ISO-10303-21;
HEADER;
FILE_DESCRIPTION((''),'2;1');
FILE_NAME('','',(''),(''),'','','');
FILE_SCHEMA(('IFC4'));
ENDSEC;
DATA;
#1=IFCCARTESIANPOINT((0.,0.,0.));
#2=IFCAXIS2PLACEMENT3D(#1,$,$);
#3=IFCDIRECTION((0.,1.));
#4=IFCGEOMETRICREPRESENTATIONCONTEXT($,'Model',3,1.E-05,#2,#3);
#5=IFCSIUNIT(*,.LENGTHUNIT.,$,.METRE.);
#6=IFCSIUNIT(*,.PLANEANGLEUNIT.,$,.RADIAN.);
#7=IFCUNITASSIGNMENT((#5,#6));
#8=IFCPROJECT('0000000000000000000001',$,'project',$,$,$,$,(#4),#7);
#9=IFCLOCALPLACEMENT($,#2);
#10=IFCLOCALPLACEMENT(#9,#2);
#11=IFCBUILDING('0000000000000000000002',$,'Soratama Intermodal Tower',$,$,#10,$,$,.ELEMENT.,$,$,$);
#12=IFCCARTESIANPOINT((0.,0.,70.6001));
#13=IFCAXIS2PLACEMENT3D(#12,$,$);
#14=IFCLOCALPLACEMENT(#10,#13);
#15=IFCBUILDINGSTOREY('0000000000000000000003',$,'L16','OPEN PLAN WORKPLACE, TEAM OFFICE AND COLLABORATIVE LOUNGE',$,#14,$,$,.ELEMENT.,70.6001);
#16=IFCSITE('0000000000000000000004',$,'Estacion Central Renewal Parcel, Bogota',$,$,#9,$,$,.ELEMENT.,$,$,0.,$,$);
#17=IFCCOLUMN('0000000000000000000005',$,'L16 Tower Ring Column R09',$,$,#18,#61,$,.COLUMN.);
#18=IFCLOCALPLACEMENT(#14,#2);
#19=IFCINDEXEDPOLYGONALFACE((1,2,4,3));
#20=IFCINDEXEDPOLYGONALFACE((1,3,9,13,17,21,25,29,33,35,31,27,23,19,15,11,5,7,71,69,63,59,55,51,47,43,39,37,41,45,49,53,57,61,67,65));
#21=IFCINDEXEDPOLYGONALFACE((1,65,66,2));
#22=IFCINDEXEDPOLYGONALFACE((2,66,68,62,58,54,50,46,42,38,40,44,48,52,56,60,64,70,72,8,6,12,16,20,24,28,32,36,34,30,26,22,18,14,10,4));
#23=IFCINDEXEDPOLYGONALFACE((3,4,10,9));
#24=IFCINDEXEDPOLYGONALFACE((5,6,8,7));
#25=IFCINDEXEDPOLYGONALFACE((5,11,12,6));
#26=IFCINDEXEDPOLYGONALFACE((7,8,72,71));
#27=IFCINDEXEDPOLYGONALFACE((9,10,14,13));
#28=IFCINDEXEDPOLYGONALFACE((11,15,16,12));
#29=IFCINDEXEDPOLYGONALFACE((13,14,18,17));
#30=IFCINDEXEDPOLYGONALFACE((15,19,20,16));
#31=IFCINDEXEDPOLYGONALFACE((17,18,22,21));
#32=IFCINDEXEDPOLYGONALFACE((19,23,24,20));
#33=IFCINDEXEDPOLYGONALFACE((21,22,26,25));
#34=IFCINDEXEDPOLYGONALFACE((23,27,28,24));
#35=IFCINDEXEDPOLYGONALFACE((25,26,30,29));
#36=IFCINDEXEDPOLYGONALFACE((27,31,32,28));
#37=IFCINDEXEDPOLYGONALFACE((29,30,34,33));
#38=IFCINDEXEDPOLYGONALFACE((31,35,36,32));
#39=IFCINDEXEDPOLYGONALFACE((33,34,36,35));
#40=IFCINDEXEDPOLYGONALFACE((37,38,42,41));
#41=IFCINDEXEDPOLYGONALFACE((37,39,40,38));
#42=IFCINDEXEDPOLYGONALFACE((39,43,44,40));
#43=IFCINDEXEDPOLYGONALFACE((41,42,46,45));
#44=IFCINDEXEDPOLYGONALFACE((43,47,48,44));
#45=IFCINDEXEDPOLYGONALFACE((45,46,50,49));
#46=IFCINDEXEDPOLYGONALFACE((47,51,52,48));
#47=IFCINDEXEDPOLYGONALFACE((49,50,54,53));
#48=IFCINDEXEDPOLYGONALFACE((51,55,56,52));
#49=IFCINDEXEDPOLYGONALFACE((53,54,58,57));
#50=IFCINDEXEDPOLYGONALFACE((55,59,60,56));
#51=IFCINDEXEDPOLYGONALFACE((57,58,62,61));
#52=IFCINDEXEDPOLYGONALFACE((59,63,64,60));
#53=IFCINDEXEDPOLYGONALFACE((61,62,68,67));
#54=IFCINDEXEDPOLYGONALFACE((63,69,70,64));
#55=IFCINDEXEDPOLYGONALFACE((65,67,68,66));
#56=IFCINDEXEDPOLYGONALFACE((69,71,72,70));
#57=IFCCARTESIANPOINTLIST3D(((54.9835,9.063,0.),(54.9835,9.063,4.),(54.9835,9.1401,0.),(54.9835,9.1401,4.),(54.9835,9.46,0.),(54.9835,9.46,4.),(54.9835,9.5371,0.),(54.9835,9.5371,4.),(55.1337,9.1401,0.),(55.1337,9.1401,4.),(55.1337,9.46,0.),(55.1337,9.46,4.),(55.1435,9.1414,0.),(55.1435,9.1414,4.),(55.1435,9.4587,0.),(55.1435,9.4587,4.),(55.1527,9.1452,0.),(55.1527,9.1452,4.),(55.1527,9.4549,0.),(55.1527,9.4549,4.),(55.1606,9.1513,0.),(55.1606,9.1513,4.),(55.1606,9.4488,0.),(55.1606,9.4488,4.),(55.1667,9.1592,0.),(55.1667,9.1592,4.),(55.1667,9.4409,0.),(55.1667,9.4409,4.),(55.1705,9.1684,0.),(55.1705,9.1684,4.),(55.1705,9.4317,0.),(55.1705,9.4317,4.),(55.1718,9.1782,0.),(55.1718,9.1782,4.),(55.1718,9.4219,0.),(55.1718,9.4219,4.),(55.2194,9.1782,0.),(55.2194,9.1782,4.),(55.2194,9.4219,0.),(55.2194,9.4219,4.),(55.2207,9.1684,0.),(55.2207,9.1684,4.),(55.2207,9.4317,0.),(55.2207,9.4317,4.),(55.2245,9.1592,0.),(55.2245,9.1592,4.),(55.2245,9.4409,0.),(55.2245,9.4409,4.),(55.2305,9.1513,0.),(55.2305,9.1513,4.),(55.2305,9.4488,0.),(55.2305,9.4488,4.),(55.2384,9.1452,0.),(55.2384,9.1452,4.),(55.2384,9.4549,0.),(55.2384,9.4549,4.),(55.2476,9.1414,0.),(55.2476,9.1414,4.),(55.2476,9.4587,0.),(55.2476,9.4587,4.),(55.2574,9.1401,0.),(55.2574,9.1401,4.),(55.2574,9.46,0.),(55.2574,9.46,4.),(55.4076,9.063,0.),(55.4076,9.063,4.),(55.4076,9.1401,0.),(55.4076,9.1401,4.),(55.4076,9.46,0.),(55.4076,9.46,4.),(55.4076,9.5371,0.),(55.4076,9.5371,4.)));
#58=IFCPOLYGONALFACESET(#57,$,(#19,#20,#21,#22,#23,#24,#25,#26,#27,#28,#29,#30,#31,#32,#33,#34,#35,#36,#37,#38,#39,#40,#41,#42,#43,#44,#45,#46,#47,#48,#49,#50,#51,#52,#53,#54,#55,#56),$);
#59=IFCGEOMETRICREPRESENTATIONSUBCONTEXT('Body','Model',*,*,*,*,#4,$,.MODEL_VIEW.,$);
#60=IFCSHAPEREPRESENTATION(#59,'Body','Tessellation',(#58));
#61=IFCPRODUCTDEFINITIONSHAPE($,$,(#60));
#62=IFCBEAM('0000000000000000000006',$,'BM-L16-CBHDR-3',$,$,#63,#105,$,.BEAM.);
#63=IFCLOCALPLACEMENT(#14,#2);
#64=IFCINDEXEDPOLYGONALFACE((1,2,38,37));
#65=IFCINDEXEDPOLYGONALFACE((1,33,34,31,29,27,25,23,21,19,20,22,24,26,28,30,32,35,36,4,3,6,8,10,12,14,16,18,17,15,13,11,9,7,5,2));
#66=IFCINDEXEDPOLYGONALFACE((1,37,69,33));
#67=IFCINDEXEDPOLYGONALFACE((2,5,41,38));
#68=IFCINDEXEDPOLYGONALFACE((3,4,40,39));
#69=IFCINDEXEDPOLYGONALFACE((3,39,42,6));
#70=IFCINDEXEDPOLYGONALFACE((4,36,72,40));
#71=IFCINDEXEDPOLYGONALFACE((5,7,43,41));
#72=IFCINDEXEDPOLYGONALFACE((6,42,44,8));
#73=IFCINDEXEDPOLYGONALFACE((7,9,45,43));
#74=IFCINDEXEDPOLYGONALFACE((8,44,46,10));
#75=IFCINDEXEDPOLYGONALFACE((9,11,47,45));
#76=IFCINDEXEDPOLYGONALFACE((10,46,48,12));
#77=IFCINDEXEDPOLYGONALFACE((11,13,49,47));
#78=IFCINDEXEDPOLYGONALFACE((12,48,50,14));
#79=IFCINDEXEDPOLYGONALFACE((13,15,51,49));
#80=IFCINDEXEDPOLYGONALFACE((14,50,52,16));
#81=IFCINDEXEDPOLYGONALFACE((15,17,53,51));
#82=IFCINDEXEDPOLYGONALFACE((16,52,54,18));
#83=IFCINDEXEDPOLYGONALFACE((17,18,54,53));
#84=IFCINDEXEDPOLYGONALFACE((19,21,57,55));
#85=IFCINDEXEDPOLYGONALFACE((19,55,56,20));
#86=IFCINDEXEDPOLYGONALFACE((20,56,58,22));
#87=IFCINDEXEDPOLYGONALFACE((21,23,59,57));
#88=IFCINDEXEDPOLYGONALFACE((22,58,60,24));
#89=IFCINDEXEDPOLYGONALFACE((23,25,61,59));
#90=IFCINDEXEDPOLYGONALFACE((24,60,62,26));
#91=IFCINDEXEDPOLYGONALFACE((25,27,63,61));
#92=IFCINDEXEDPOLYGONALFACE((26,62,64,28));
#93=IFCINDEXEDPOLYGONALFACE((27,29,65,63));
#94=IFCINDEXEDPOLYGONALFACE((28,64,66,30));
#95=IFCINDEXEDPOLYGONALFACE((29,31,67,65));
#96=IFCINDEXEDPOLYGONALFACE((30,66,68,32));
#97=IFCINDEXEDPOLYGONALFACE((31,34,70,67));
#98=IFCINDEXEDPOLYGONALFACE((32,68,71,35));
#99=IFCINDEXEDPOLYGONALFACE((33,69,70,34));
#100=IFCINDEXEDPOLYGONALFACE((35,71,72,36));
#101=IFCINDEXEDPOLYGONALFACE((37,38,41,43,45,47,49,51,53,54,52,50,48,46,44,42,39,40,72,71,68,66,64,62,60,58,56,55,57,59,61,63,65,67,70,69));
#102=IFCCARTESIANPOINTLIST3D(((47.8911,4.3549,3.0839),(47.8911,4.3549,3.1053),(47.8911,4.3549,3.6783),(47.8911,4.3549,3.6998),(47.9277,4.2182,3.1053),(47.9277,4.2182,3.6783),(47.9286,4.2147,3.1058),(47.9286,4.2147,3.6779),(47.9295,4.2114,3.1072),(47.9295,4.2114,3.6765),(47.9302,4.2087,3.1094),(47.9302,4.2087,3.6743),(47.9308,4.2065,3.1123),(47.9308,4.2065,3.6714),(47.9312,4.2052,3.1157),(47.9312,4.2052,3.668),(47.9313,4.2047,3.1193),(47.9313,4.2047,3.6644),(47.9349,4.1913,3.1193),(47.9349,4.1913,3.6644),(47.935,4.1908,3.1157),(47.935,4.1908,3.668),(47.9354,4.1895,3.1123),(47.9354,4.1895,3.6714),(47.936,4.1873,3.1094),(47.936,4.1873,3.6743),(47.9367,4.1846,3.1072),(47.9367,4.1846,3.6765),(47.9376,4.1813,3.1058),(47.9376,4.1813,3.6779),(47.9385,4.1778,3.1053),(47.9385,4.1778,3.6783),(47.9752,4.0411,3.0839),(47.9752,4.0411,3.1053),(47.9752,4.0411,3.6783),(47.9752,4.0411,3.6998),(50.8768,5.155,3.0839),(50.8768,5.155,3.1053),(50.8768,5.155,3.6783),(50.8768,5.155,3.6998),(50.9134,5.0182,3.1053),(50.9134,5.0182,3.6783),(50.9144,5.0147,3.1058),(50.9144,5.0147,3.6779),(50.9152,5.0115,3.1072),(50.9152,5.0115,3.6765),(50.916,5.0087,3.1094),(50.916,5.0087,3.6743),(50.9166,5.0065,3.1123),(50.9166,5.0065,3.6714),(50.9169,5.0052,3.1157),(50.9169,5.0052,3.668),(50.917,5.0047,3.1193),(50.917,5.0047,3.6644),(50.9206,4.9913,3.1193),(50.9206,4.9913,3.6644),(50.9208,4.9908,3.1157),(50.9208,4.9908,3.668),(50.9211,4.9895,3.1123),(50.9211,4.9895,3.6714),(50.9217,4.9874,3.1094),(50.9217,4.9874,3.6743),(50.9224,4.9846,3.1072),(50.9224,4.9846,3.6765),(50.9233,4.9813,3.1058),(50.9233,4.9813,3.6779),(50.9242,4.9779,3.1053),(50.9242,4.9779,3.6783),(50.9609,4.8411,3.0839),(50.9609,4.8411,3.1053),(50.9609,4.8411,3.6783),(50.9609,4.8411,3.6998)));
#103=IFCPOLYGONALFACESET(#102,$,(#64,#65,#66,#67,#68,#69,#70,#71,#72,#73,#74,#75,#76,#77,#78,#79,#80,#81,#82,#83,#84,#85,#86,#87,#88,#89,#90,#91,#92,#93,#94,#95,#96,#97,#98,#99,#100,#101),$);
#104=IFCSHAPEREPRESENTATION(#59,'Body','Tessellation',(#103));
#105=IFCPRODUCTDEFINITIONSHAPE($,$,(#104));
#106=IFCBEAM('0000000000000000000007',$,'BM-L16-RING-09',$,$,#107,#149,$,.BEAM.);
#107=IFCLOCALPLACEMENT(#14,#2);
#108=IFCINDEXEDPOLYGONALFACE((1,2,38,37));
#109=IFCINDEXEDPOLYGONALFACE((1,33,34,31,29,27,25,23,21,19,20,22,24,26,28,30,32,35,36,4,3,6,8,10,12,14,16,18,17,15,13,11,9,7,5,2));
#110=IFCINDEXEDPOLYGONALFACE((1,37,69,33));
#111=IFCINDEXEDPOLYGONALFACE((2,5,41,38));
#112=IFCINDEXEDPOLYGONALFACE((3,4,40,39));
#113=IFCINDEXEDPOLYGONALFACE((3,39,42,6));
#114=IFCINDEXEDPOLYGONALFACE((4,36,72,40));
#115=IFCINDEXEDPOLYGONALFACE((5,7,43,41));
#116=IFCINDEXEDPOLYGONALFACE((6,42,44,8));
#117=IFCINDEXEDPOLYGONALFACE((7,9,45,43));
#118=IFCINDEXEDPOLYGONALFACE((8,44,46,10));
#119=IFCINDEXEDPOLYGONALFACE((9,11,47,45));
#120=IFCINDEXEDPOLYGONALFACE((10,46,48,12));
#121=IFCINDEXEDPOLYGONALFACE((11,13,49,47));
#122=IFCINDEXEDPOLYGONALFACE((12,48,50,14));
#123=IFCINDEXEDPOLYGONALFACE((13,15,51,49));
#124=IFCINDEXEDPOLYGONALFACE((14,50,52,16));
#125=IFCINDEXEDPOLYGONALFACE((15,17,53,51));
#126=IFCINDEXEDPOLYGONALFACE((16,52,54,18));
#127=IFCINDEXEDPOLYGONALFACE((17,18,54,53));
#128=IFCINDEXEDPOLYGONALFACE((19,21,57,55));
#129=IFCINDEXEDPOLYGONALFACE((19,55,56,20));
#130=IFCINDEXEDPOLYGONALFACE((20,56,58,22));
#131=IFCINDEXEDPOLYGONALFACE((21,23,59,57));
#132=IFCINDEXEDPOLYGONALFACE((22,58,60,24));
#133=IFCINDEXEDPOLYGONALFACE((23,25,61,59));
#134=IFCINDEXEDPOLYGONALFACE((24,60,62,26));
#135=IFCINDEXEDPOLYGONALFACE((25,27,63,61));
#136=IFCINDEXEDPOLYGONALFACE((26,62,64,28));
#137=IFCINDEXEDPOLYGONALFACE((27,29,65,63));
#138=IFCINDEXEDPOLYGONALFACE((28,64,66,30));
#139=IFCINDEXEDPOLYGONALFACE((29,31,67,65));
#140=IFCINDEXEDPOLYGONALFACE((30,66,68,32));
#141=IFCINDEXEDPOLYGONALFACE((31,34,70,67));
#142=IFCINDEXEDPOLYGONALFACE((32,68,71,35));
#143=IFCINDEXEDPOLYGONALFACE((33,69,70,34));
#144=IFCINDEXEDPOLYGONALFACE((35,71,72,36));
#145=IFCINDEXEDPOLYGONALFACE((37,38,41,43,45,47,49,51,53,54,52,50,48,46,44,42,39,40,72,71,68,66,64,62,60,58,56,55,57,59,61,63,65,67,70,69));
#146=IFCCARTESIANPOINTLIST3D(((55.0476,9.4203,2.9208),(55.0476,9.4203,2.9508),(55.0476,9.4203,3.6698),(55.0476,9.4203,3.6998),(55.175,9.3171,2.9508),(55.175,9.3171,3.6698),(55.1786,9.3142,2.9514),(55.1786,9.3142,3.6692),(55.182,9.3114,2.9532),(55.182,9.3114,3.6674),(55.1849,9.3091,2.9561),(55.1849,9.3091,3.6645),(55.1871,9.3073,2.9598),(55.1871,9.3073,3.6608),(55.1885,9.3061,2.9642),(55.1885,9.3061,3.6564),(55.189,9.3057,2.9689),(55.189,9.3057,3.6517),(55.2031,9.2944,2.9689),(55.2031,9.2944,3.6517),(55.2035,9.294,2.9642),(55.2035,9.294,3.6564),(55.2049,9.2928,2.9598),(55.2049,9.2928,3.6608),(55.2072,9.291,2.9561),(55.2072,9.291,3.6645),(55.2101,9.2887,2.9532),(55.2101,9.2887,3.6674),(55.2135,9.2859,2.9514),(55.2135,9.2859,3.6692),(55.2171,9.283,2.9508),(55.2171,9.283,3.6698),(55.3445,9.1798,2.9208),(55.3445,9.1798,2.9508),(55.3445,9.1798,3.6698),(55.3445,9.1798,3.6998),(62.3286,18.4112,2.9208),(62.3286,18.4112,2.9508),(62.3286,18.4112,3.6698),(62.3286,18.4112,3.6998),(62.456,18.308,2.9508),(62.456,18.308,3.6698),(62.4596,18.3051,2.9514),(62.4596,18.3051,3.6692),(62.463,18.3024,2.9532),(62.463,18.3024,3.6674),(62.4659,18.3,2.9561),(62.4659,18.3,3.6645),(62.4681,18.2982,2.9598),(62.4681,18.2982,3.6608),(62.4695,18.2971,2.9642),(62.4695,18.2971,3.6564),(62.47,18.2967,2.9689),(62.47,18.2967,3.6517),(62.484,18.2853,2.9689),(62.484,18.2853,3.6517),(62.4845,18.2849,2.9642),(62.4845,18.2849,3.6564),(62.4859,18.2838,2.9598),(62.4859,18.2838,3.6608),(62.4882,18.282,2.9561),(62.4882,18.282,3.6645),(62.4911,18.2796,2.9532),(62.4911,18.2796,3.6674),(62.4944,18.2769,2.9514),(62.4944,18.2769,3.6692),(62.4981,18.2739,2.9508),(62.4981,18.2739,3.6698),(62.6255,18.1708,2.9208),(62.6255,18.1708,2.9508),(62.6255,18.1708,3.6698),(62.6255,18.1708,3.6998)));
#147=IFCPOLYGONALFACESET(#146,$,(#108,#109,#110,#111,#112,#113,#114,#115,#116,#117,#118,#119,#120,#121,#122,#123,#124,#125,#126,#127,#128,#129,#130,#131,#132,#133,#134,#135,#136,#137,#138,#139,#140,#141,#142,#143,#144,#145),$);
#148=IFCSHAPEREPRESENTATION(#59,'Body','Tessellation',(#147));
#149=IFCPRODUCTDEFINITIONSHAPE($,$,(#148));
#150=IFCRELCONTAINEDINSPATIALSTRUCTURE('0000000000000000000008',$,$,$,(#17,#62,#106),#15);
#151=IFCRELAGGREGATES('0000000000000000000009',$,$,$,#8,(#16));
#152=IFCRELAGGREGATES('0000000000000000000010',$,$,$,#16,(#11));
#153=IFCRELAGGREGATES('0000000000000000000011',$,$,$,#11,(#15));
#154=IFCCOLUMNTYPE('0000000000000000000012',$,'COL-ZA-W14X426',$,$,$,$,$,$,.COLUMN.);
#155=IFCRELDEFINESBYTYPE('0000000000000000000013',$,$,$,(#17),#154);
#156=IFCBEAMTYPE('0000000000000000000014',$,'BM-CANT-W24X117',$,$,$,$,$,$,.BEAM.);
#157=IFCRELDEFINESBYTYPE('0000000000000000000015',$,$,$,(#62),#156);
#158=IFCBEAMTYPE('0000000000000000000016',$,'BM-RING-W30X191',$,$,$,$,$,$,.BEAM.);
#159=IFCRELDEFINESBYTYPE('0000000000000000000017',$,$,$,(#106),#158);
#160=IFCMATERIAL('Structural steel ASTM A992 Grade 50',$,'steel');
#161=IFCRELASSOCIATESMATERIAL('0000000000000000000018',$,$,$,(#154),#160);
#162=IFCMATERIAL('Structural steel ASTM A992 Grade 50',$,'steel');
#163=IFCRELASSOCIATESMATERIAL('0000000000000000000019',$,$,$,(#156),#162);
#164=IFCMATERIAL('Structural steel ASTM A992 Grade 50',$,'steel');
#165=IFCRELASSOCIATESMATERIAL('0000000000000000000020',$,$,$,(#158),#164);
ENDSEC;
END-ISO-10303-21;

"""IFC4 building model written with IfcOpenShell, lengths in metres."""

from ifc_helpers import new_model, si_unit, direction, frame, origin, origin_2d, place, context, subcontext, project, spatial, i_section, extrude, material, material_profile, profile_set, type_object, element, save


model = new_model("IFC4")

# Units and contexts
model_context = context("Model", 3, precision=1e-05, world=origin(), true_north=direction((0.0, 1.0)))
body_context = subcontext(model_context, "Body", "Model", "MODEL_VIEW")
ifc_project = project(units=[si_unit("LENGTHUNIT", "METRE"), si_unit("PLANEANGLEUNIT", "RADIAN")], contexts=[model_context])

# Site, building, storey
site_placement = place(None, origin())
site = spatial("IfcSite", under=ifc_project, at=site_placement, Name="Estacion Central Renewal Parcel, Bogota", CompositionType="ELEMENT", RefElevation=0.0)
building_placement = place(site_placement, origin())
building = spatial("IfcBuilding", under=site, at=building_placement, Name="Soratama Intermodal Tower", CompositionType="ELEMENT")
storey_placement = place(building_placement, frame((0.0, 0.0, 70.6001)))
storey = spatial("IfcBuildingStorey", under=building, at=storey_placement, Name="L16", Description="OPEN PLAN WORKPLACE, TEAM OFFICE AND COLLABORATIVE LOUNGE", CompositionType="ELEMENT", Elevation=70.6001)

# Column
ifc_material_1 = material(Name="Structural steel ASTM A992 Grade 50", Category="steel")
ifc_material_profile_1 = material_profile(ifc_material_1, i_section(OverallWidth=0.4241, OverallDepth=0.4741, WebThickness=0.0476, FlangeThickness=0.0771, FilletRadius=0.0381, at=origin_2d()), Name="W14X426")
ifc_profile_set_1 = profile_set([ifc_material_profile_1], Name="Structural steel ASTM A992 Grade 50")
column_type = type_object("IfcColumnType", Name="COL-ZA-W14X426", PredefinedType="COLUMN", material=ifc_profile_set_1)
column_placement = place(storey_placement, frame((55.1956, 9.3, 0.0), z_axis=(0.0, 0.0, 1.0), x_axis=(1.0, 0.0, 0.0)))
element("IfcColumn", 1, at=column_placement, inside=storey, type_object=column_type, Name="L16 Tower Ring Column R09", PredefinedType="COLUMN", context=body_context, shape_type="SweptSolid", body=[
    extrude(i_section(OverallWidth=0.4241, OverallDepth=0.4741, WebThickness=0.0476, FlangeThickness=0.0771, FilletRadius=0.0381, at=origin_2d()), origin(), (0.0, 0.0, 1.0), 4.0),
])

# Beams
ifc_material_2 = material(Name="Structural steel ASTM A992 Grade 50", Category="steel")
ifc_material_profile_2 = material_profile(ifc_material_2, i_section(OverallWidth=0.325, OverallDepth=0.616, WebThickness=0.0139, FlangeThickness=0.0215, FilletRadius=0.0139, at=origin_2d()), Name="W24X117")
ifc_profile_set_2 = profile_set([ifc_material_profile_2], Name="Structural steel ASTM A992 Grade 50")
beam_type_1 = type_object("IfcBeamType", Name="BM-CANT-W24X117", PredefinedType="BEAM", material=ifc_profile_set_2)
beam_1_placement = place(storey_placement, frame((47.9331, 4.198, 3.3918), z_axis=(0.965926, 0.258818, 0.0), x_axis=(-0.258818, 0.965926, 0.0)))
element("IfcBeam", 2, at=beam_1_placement, inside=storey, type_object=beam_type_1, Name="BM-L16-CBHDR-3", PredefinedType="BEAM", context=body_context, shape_type="SweptSolid", body=[
    extrude(i_section(OverallWidth=0.325, OverallDepth=0.616, WebThickness=0.0139, FlangeThickness=0.0215, FilletRadius=0.0139, at=origin_2d()), origin(), (0.0, 0.0, 1.0), 3.0911),
])
ifc_material_3 = material(Name="Structural steel ASTM A992 Grade 50", Category="steel")
ifc_material_profile_3 = material_profile(ifc_material_3, i_section(OverallWidth=0.3821, OverallDepth=0.7791, WebThickness=0.0181, FlangeThickness=0.03, FilletRadius=0.0181, at=origin_2d()), Name="W30X191")
ifc_profile_set_3 = profile_set([ifc_material_profile_3], Name="Structural steel ASTM A992 Grade 50")
beam_type_2 = type_object("IfcBeamType", Name="BM-RING-W30X191", PredefinedType="BEAM", material=ifc_profile_set_3)
beam_2_placement = place(storey_placement, frame((55.196, 9.3, 3.3103), z_axis=(0.629334, 0.777135, 0.0), x_axis=(-0.777135, 0.629334, 0.0)))
element("IfcBeam", 3, at=beam_2_placement, inside=storey, type_object=beam_type_2, Name="BM-L16-RING-09", PredefinedType="BEAM", context=body_context, shape_type="SweptSolid", body=[
    extrude(i_section(OverallWidth=0.3821, OverallDepth=0.7791, WebThickness=0.0181, FlangeThickness=0.03, FilletRadius=0.0181, at=origin_2d()), origin(), (0.0, 0.0, 1.0), 11.5693),
])

save(model, "model.ifc")
